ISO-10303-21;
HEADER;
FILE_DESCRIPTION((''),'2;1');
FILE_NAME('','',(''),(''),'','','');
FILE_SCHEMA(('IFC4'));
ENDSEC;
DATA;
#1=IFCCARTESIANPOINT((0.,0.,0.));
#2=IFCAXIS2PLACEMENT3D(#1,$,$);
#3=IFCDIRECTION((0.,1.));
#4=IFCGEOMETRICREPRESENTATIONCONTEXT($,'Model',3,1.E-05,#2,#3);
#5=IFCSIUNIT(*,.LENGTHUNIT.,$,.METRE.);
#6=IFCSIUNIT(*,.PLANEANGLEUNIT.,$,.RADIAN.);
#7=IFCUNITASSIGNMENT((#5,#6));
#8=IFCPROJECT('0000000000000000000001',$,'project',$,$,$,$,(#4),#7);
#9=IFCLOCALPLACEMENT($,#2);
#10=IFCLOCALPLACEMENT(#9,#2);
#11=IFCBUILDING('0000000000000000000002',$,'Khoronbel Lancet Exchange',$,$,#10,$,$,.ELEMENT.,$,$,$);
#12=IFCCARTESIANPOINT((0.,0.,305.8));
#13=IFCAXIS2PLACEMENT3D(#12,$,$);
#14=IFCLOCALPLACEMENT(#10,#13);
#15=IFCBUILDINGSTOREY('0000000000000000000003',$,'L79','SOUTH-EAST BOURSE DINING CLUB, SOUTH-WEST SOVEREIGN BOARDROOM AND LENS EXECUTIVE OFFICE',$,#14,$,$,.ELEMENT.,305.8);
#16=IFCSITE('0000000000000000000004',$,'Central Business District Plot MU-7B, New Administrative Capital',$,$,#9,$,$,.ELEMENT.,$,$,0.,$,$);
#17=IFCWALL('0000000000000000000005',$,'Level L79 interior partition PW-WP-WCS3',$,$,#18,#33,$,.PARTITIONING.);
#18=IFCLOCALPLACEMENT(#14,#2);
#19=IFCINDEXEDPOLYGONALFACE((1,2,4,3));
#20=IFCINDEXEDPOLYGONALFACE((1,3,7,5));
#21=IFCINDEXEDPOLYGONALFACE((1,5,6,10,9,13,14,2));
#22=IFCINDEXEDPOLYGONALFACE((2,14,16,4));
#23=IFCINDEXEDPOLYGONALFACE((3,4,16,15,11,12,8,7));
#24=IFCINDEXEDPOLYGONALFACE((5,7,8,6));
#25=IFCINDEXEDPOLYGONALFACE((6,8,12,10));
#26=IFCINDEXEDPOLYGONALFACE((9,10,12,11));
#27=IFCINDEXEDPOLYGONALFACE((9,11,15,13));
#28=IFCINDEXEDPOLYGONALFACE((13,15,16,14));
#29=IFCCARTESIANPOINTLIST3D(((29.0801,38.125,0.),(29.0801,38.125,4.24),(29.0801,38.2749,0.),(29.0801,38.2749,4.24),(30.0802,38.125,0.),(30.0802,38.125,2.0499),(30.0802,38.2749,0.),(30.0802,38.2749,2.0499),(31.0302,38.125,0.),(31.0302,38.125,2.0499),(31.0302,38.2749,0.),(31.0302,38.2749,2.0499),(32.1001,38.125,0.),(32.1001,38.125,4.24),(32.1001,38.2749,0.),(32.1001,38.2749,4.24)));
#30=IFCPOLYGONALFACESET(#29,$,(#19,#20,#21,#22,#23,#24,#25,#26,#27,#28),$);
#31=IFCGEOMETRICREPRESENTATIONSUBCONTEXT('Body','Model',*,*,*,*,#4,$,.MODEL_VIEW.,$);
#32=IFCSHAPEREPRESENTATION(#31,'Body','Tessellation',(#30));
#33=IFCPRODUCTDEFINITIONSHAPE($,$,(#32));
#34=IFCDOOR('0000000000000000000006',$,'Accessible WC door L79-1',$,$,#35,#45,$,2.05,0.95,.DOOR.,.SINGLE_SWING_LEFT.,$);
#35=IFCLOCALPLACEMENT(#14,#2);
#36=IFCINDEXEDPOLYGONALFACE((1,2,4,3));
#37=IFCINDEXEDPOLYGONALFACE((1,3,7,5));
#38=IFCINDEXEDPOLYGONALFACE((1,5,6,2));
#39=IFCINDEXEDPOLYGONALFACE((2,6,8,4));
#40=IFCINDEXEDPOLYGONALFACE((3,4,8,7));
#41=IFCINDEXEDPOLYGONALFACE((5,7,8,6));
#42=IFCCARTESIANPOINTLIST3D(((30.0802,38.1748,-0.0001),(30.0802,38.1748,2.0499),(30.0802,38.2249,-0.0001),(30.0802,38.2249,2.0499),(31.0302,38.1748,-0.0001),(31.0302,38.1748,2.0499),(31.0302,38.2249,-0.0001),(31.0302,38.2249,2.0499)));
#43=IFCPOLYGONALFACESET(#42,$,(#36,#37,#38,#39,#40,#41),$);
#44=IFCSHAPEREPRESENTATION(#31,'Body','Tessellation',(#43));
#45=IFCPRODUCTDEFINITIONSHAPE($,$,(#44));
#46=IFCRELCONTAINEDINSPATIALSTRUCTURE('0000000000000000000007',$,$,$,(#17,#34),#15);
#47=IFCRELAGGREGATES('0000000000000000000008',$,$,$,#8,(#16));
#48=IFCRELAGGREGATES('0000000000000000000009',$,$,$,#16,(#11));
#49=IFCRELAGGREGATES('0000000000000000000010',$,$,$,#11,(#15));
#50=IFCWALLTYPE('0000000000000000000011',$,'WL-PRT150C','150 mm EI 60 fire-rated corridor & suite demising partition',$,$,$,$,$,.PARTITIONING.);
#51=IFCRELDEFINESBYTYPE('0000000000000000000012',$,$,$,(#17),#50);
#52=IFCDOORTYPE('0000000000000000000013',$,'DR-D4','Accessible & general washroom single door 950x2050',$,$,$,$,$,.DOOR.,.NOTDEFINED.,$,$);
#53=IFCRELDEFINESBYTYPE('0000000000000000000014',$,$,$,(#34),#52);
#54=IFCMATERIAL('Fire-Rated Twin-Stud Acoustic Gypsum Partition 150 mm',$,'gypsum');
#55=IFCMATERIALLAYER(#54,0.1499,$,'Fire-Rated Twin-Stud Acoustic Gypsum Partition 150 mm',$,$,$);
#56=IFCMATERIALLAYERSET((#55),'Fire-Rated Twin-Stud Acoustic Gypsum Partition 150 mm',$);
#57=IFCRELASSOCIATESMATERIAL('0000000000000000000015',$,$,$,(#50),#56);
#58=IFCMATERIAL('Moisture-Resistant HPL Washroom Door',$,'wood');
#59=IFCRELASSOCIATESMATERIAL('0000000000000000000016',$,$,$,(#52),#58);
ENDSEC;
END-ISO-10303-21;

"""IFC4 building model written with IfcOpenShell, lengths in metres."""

from ifc_helpers import new_model, si_unit, direction, frame, frame_2d, origin, place, context, subcontext, project, spatial, rectangle, extrude, material, layer, layer_set, type_object, element, fill, save


model = new_model("IFC4")

# Units and contexts
model_context = context("Model", 3, precision=1e-05, world=origin(), true_north=direction((0.0, 1.0)))
body_context = subcontext(model_context, "Body", "Model", "MODEL_VIEW")
ifc_project = project(units=[si_unit("LENGTHUNIT", "METRE"), si_unit("PLANEANGLEUNIT", "RADIAN")], contexts=[model_context])

# Site, building, storey
site_placement = place(None, origin())
site = spatial("IfcSite", under=ifc_project, at=site_placement, Name="Central Business District Plot MU-7B, New Administrative Capital", CompositionType="ELEMENT", RefElevation=0.0)
building_placement = place(site_placement, origin())
building = spatial("IfcBuilding", under=site, at=building_placement, Name="Khoronbel Lancet Exchange", CompositionType="ELEMENT")
storey_placement = place(building_placement, frame((0.0, 0.0, 305.8)))
storey = spatial("IfcBuildingStorey", under=building, at=storey_placement, Name="L79", Description="SOUTH-EAST BOURSE DINING CLUB, SOUTH-WEST SOVEREIGN BOARDROOM AND LENS EXECUTIVE OFFICE", CompositionType="ELEMENT", Elevation=305.8)

# Wall, opening, door
ifc_material_1 = material(Name="Fire-Rated Twin-Stud Acoustic Gypsum Partition 150 mm", Category="gypsum")
ifc_layer_1 = layer(ifc_material_1, 0.1499, Name="Fire-Rated Twin-Stud Acoustic Gypsum Partition 150 mm")
ifc_layer_set_1 = layer_set([ifc_layer_1], Name="Fire-Rated Twin-Stud Acoustic Gypsum Partition 150 mm")
wall_type_1 = type_object("IfcWallType", Name="WL-PRT150C", Description="150 mm EI 60 fire-rated corridor & suite demising partition", PredefinedType="PARTITIONING", material=ifc_layer_set_1)
wall_1_placement = place(storey_placement, frame((29.0801, 38.2, 0.0), z_axis=(0.0, 0.0, 1.0), x_axis=(1.0, 0.0, 0.0)))
wall_1 = element("IfcWall", 1, at=wall_1_placement, inside=storey, type_object=wall_type_1, Name="Level L79 interior partition PW-WP-WCS3", PredefinedType="PARTITIONING", context=body_context, shape_type="SweptSolid", body=[
    extrude(rectangle(XDim=3.02, YDim=0.1499, at=frame_2d((1.51, 0.0))), origin(), (0.0, 0.0, 1.0), 4.24),
])
opening_1_placement = place(wall_1_placement, frame((1.0, 0.0, 0.0)))
opening_1 = element("IfcOpeningElement", 2, at=opening_1_placement, cuts=wall_1, PredefinedType="OPENING", context=body_context, shape_type="SweptSolid", body=[
    extrude(rectangle(XDim=0.95, YDim=2.05, at=frame_2d((0.4751, 1.0249))), frame((0.0, 0.085, 0.0), z_axis=(0.0, -1.0, 0.0), x_axis=(1.0, 0.0, 0.0)), (0.0, 0.0, 1.0), 0.1699),
])
ifc_material_2 = material(Name="Moisture-Resistant HPL Washroom Door", Category="wood")
door_type_1 = type_object("IfcDoorType", Name="DR-D4", Description="Accessible & general washroom single door 950x2050", OperationType="NOTDEFINED", PredefinedType="DOOR", material=ifc_material_2)
door_1_placement = place(opening_1_placement, origin())
door_1 = element("IfcDoor", 3, at=door_1_placement, inside=storey, type_object=door_type_1, Name="Accessible WC door L79-1", OperationType="SINGLE_SWING_LEFT", OverallHeight=2.05, OverallWidth=0.95, PredefinedType="DOOR", context=body_context, shape_type="SweptSolid", body=[
    extrude(rectangle(XDim=0.95, YDim=2.05, at=frame_2d((0.4751, 1.0249))), frame((0.0, 0.0249, 0.0), z_axis=(0.0, -1.0, 0.0), x_axis=(1.0, 0.0, 0.0)), (0.0, 0.0, 1.0), 0.05),
])
fill(opening_1, door_1)

save(model, "model.ifc")
